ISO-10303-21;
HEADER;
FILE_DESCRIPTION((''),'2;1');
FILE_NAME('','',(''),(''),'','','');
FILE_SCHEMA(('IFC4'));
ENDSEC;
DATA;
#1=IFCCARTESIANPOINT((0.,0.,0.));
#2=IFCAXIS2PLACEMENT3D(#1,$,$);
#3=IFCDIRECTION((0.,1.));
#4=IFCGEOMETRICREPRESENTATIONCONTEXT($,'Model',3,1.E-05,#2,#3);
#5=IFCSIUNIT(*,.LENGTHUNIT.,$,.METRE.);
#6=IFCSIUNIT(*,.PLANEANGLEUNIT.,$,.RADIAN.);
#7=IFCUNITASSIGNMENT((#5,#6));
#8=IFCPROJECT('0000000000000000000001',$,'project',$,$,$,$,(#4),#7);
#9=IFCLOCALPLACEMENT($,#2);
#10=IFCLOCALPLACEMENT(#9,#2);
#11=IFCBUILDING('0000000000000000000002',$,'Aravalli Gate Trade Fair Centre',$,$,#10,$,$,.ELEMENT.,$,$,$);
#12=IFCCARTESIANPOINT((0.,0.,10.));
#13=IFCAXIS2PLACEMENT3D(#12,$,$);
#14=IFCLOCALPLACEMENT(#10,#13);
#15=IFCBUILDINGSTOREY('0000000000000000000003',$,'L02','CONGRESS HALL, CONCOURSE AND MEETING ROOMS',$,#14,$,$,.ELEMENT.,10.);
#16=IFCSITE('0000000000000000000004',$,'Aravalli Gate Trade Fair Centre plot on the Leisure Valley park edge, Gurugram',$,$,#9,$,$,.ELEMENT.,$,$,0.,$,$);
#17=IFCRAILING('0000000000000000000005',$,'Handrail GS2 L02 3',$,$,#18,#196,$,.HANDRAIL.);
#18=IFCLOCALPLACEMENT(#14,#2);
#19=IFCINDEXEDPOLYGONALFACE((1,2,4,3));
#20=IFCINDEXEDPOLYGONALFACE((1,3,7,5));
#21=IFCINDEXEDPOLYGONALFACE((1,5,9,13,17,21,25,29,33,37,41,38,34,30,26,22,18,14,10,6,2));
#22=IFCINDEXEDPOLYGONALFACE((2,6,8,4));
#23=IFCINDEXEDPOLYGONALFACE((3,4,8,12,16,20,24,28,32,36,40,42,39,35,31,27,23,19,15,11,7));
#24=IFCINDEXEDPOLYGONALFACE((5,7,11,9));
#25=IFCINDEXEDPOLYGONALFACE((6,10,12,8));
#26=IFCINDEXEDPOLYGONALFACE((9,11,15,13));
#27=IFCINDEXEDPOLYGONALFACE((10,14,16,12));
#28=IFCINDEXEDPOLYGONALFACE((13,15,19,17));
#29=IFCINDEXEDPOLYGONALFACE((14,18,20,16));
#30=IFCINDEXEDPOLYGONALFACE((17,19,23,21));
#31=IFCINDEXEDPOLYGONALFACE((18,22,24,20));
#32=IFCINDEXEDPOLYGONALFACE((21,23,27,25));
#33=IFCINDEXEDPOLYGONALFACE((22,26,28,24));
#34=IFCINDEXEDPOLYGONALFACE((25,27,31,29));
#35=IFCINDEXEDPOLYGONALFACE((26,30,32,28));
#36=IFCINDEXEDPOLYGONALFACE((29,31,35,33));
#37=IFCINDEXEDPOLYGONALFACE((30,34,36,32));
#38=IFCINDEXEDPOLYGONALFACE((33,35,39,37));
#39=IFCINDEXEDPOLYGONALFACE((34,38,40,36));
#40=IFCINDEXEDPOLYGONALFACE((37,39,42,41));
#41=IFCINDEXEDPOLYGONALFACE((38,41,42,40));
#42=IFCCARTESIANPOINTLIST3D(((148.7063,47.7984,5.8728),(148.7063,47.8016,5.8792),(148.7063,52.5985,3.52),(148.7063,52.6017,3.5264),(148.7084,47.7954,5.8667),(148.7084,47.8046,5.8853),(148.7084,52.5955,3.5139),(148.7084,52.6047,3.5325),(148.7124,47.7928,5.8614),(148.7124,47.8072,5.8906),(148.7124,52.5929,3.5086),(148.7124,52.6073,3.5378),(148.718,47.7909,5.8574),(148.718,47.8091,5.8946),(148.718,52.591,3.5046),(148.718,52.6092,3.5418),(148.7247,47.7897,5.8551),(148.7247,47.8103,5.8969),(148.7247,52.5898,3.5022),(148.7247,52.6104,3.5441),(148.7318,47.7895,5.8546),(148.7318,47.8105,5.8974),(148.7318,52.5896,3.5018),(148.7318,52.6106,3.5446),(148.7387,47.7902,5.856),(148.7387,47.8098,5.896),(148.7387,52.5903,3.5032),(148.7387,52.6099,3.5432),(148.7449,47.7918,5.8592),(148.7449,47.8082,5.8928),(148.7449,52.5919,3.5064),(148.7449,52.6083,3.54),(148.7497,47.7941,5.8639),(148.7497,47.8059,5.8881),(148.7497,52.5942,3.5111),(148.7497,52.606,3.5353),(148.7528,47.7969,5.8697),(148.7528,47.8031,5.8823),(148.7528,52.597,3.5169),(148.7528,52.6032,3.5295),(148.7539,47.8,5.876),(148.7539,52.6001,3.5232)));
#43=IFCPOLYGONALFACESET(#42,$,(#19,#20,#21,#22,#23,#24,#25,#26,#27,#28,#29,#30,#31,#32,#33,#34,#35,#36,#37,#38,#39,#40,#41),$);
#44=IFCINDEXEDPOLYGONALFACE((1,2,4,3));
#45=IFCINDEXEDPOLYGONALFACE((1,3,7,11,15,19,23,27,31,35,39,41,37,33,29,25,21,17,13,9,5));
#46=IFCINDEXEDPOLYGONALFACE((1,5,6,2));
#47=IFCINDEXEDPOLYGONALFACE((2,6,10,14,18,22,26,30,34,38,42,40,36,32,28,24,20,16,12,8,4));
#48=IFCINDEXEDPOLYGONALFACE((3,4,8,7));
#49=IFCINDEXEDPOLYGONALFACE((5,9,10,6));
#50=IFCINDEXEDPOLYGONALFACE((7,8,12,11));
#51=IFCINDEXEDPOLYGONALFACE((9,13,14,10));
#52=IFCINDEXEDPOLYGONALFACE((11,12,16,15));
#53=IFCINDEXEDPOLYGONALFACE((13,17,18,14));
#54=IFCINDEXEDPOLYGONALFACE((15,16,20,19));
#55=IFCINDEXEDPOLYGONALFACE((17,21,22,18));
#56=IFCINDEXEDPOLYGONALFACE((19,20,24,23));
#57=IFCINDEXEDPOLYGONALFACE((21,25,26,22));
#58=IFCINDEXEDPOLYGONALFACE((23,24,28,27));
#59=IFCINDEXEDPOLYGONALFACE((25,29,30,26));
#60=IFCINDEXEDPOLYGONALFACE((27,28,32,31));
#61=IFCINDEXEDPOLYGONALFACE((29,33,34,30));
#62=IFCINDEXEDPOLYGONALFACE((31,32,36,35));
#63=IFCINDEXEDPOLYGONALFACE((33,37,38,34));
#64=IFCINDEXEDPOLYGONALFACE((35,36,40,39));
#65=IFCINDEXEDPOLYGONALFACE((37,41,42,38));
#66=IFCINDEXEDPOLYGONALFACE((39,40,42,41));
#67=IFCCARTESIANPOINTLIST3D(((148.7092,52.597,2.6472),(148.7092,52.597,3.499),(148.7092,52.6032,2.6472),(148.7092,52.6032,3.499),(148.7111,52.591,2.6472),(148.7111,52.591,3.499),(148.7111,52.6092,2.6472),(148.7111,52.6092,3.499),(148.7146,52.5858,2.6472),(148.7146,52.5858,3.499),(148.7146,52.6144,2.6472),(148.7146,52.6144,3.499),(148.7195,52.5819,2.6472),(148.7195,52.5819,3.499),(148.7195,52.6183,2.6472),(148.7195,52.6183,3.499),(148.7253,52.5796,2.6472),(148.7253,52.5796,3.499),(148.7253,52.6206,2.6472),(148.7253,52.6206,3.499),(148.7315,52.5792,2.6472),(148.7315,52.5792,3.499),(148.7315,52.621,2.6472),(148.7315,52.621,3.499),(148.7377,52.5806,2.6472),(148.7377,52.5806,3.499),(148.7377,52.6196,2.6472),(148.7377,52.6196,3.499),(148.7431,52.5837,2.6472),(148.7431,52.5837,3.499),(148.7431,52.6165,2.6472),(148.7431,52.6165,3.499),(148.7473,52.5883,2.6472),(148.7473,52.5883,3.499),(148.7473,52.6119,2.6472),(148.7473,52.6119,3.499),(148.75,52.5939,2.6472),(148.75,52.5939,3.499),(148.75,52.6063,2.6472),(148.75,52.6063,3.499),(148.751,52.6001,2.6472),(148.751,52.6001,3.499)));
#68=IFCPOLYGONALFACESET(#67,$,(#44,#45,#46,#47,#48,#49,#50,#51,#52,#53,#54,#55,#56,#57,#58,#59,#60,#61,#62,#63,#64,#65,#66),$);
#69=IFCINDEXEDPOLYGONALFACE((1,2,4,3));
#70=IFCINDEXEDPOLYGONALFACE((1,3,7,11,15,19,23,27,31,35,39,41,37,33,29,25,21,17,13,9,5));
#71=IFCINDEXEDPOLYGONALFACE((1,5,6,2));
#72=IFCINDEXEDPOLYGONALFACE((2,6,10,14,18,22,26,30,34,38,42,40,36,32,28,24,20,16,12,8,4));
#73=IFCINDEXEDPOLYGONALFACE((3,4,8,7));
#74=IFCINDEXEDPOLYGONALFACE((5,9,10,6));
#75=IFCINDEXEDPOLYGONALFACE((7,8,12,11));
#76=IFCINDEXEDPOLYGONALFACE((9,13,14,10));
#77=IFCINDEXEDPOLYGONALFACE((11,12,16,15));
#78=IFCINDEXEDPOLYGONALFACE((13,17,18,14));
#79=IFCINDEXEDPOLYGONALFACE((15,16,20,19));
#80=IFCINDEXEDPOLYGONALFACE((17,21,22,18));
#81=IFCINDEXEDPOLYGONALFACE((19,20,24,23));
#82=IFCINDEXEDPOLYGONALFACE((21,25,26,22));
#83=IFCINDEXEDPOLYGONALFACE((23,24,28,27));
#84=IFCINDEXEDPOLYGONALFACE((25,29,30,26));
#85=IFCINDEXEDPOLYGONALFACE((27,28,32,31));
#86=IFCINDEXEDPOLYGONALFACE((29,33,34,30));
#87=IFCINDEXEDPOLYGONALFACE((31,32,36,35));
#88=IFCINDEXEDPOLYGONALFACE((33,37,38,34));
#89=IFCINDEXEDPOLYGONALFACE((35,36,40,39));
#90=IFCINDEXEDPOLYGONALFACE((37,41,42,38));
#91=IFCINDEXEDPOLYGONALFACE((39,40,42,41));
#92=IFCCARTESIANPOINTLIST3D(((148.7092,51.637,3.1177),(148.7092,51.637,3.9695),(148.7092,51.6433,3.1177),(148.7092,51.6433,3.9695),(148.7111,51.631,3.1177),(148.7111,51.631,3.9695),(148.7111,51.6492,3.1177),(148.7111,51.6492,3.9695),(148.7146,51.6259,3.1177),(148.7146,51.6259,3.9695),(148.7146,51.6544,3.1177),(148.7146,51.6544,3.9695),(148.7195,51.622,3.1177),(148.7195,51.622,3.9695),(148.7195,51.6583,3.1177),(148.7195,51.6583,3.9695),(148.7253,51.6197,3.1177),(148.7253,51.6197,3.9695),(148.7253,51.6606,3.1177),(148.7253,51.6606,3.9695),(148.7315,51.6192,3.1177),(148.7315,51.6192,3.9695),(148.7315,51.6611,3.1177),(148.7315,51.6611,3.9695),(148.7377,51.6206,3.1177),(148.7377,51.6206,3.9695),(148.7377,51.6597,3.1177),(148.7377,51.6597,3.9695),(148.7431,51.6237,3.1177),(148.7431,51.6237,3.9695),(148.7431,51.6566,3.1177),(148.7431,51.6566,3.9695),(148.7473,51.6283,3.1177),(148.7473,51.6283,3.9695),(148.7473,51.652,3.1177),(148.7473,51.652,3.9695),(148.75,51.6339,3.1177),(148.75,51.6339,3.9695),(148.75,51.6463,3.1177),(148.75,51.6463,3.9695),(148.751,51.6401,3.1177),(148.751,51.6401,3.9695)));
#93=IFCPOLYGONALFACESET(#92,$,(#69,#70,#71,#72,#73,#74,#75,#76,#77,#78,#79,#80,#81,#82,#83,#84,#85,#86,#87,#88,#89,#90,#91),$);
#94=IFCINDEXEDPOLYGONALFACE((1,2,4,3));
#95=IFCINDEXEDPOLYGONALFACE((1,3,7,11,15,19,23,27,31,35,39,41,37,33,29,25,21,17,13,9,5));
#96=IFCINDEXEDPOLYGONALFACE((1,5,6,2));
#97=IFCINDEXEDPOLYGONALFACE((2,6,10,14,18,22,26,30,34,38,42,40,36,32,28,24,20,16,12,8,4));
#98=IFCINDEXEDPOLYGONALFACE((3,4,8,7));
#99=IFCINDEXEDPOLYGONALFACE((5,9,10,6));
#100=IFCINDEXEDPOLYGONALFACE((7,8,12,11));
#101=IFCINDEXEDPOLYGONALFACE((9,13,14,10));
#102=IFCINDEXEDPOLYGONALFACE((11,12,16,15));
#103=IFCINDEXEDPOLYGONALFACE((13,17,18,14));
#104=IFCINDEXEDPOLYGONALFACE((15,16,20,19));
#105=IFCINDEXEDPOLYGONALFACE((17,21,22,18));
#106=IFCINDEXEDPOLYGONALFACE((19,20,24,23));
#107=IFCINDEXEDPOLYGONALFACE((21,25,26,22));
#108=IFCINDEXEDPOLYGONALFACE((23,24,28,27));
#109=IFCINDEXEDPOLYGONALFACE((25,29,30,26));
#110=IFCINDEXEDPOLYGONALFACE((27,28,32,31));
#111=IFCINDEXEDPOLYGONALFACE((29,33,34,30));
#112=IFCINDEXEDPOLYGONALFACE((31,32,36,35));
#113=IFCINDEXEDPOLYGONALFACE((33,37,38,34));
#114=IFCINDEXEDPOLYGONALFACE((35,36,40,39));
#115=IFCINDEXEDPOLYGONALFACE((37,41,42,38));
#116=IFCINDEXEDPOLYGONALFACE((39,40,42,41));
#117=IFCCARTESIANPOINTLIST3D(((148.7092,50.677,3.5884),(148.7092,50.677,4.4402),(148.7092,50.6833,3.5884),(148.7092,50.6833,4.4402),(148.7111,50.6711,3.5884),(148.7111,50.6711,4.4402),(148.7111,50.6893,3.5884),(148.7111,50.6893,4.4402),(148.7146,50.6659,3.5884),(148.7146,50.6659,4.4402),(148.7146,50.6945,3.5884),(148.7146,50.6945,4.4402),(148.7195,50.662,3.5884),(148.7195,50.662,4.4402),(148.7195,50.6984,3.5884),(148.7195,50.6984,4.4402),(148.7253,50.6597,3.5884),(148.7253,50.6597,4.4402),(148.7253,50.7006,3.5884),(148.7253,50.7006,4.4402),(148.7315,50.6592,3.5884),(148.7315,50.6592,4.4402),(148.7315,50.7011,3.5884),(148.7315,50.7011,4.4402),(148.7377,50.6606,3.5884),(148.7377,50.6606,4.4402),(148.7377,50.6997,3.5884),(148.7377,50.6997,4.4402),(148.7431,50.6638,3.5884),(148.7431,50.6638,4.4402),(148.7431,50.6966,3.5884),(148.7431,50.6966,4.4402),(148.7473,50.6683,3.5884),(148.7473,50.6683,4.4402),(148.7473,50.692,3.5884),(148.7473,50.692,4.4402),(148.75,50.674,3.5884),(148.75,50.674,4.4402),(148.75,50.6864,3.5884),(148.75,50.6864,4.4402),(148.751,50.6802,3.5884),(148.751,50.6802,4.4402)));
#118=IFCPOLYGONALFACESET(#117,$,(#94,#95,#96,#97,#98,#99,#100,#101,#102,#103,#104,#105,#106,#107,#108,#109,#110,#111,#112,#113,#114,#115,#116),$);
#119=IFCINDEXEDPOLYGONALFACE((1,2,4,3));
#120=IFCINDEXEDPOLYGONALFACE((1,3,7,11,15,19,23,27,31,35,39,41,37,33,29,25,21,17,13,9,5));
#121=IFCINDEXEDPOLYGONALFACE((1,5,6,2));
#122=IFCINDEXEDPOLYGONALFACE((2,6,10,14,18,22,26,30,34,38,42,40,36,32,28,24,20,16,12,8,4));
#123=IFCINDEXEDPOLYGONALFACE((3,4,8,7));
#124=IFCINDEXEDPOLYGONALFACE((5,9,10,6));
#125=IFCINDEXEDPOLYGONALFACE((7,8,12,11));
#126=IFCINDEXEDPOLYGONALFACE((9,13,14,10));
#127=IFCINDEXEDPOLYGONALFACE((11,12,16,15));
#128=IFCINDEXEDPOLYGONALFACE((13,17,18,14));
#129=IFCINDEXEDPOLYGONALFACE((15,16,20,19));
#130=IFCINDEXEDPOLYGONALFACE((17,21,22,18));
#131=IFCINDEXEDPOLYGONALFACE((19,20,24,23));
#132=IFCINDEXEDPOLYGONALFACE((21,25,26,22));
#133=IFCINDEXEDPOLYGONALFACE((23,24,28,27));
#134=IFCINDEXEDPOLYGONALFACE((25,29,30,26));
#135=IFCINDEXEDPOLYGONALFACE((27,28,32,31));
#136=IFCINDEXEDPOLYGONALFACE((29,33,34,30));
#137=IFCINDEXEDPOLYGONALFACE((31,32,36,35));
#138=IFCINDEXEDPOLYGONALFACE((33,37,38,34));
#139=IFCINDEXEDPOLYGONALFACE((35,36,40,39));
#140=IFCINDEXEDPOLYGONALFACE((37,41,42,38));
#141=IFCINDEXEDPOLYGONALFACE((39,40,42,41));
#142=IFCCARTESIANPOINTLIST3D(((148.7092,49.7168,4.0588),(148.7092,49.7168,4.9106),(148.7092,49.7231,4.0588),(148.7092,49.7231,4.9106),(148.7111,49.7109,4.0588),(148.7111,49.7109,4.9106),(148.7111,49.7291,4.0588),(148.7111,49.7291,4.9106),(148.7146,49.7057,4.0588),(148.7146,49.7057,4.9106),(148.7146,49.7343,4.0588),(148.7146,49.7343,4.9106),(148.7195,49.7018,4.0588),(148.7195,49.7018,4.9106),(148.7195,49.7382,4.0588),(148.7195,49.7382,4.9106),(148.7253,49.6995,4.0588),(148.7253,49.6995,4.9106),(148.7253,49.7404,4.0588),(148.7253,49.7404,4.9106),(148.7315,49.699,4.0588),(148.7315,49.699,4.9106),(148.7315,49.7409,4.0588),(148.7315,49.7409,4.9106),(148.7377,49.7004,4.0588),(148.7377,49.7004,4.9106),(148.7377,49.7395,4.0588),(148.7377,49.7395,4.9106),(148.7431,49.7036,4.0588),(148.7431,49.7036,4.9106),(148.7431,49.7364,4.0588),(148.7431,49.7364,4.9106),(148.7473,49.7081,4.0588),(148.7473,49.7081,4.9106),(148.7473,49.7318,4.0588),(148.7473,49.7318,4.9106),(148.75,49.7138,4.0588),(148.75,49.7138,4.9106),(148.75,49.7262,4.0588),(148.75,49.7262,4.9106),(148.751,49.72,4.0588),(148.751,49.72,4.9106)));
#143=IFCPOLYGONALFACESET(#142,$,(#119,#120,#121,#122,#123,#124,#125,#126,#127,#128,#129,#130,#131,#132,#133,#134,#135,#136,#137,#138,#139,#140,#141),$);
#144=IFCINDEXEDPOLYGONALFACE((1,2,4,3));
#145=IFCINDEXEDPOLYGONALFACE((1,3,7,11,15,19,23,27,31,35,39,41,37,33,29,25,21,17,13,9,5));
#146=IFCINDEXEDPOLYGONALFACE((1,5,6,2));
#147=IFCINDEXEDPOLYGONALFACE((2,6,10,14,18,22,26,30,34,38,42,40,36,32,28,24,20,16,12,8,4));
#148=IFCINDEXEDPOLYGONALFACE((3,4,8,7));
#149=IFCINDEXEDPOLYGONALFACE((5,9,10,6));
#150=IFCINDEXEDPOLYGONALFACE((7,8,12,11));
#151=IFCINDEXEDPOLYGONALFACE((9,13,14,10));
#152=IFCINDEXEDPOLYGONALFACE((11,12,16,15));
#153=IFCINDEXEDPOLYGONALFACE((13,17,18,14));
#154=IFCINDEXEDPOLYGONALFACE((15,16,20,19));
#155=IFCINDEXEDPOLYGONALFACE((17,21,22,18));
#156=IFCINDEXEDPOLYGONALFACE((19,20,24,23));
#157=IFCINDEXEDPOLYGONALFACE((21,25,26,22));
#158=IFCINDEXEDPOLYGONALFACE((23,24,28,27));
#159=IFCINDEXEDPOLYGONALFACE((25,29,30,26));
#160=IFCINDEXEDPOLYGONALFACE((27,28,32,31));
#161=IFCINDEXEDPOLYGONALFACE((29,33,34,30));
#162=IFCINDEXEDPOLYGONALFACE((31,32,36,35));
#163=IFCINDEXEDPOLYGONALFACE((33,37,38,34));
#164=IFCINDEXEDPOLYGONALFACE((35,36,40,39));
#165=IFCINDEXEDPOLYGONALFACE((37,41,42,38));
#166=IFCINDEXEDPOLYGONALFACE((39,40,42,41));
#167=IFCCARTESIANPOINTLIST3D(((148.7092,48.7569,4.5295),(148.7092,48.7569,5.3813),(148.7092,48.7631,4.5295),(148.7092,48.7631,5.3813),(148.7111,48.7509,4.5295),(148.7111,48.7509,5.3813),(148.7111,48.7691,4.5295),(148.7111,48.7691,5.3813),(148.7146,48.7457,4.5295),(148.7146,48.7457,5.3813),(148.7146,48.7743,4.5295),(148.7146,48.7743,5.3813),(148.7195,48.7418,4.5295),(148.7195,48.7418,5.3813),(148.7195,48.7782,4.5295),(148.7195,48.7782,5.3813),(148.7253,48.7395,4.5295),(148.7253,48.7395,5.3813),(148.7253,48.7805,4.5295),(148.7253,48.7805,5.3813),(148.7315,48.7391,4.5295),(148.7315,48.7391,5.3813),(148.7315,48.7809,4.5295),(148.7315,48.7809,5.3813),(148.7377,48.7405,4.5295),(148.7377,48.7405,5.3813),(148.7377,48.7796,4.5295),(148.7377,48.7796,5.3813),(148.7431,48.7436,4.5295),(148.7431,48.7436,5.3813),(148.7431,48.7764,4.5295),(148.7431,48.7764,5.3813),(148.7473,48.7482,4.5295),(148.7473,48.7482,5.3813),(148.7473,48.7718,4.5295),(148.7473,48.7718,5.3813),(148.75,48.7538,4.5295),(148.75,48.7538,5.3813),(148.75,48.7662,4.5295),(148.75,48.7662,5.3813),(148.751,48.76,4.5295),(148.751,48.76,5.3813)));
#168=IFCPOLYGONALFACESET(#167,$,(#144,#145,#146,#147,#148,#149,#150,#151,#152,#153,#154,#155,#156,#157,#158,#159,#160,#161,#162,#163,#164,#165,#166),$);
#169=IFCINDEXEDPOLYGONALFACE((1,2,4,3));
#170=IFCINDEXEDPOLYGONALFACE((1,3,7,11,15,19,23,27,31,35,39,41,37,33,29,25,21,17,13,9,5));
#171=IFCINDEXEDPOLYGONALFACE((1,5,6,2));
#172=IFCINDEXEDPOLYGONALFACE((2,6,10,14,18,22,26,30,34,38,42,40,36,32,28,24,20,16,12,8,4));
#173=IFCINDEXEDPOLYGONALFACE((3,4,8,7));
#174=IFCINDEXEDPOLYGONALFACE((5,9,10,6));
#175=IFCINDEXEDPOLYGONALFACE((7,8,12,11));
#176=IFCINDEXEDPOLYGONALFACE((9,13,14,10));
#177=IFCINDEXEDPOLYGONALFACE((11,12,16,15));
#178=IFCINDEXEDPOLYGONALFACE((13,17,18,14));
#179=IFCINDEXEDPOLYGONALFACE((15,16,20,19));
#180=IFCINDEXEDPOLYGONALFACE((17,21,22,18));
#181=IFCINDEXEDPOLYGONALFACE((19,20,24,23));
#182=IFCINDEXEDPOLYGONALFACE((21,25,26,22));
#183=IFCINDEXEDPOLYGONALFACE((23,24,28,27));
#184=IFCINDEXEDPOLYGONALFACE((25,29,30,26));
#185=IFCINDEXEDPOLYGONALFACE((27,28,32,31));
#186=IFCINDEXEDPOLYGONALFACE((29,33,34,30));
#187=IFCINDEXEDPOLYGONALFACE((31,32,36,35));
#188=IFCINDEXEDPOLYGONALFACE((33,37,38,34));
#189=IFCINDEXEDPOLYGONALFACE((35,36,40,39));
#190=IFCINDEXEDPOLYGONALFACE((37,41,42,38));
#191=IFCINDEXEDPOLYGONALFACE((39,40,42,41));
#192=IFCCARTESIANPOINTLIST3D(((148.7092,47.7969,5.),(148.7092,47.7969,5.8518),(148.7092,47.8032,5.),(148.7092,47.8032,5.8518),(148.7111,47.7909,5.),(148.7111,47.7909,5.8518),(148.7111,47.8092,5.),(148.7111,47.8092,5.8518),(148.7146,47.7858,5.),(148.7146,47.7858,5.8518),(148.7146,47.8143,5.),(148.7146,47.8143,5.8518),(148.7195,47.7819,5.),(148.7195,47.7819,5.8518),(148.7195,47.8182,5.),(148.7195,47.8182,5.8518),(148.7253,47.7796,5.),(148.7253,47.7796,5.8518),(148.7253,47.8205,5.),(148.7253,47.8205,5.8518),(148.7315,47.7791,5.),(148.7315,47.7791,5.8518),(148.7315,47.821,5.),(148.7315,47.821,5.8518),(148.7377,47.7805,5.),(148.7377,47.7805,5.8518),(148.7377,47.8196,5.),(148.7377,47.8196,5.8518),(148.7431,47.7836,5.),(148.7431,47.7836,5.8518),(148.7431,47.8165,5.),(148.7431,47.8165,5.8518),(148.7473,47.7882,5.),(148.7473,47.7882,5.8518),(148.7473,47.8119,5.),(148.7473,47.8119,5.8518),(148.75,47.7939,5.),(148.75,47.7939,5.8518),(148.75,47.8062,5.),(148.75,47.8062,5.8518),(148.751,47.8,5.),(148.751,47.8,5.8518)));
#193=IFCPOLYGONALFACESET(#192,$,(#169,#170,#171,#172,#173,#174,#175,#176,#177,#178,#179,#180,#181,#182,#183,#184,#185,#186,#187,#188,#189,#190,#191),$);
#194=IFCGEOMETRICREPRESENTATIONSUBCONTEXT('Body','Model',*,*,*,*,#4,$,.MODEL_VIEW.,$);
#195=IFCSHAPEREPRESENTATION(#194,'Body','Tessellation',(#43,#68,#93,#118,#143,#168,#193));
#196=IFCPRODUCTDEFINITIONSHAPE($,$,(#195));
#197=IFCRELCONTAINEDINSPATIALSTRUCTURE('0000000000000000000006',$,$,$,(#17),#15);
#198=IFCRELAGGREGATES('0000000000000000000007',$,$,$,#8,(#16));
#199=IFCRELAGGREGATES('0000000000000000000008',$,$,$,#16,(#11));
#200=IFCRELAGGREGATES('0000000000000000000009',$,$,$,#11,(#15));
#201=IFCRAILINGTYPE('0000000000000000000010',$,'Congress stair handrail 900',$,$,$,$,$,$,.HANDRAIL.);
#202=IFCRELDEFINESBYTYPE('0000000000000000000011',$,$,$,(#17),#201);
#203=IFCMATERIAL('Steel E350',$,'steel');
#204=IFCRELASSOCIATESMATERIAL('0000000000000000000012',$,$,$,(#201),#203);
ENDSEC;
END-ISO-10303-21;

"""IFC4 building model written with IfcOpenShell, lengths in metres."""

from ifc_helpers import new_model, si_unit, direction, frame, origin, origin_2d, place, context, subcontext, project, spatial, circle, extrude, material, type_object, element, save


model = new_model("IFC4")

# Units and contexts
model_context = context("Model", 3, precision=1e-05, world=origin(), true_north=direction((0.0, 1.0)))
body_context = subcontext(model_context, "Body", "Model", "MODEL_VIEW")
ifc_project = project(units=[si_unit("LENGTHUNIT", "METRE"), si_unit("PLANEANGLEUNIT", "RADIAN")], contexts=[model_context])

# Site, building, storey
site_placement = place(None, origin())
site = spatial("IfcSite", under=ifc_project, at=site_placement, Name="Aravalli Gate Trade Fair Centre plot on the Leisure Valley park edge, Gurugram", CompositionType="ELEMENT", RefElevation=0.0)
building_placement = place(site_placement, origin())
building = spatial("IfcBuilding", under=site, at=building_placement, Name="Aravalli Gate Trade Fair Centre", CompositionType="ELEMENT")
storey_placement = place(building_placement, frame((0.0, 0.0, 10.0)))
storey = spatial("IfcBuildingStorey", under=building, at=storey_placement, Name="L02", Description="CONGRESS HALL, CONCOURSE AND MEETING ROOMS", CompositionType="ELEMENT", Elevation=10.0)

# Railing
ifc_material_1 = material(Name="Steel E350", Category="steel")
railing_type = type_object("IfcRailingType", Name="Congress stair handrail 900", PredefinedType="HANDRAIL", material=ifc_material_1)
for number, where, name in (
    (1, (148.73, 52.6001, 2.6472), "Handrail GS2 L02 3"),
):
    element("IfcRailing", number, at=place(storey_placement, frame(where)), inside=storey, type_object=railing_type, Name=name, PredefinedType="HANDRAIL", context=body_context, shape_type="SweptSolid", body=[
        extrude(circle(Radius=0.0239, at=origin_2d()), frame((0.0, 0.0, 0.876), z_axis=(0.0, -0.897934, 0.44013), x_axis=(1.0, 0.0, 0.0)), (0.0, 0.0, 1.0), 5.3457),
        extrude(circle(Radius=0.021, at=origin_2d()), origin(), (0.0, 0.0, 1.0), 0.8518),
        extrude(circle(Radius=0.021, at=origin_2d()), frame((0.0, -0.96, 0.4705)), (0.0, 0.0, 1.0), 0.8518),
        extrude(circle(Radius=0.021, at=origin_2d()), frame((0.0, -1.9199, 0.9412)), (0.0, 0.0, 1.0), 0.8518),
        extrude(circle(Radius=0.021, at=origin_2d()), frame((0.0, -2.8801, 1.4116)), (0.0, 0.0, 1.0), 0.8518),
        extrude(circle(Radius=0.021, at=origin_2d()), frame((0.0, -3.8401, 1.8823)), (0.0, 0.0, 1.0), 0.8518),
        extrude(circle(Radius=0.021, at=origin_2d()), frame((0.0, -4.8, 2.3528)), (0.0, 0.0, 1.0), 0.8518),
    ])

save(model, "model.ifc")
